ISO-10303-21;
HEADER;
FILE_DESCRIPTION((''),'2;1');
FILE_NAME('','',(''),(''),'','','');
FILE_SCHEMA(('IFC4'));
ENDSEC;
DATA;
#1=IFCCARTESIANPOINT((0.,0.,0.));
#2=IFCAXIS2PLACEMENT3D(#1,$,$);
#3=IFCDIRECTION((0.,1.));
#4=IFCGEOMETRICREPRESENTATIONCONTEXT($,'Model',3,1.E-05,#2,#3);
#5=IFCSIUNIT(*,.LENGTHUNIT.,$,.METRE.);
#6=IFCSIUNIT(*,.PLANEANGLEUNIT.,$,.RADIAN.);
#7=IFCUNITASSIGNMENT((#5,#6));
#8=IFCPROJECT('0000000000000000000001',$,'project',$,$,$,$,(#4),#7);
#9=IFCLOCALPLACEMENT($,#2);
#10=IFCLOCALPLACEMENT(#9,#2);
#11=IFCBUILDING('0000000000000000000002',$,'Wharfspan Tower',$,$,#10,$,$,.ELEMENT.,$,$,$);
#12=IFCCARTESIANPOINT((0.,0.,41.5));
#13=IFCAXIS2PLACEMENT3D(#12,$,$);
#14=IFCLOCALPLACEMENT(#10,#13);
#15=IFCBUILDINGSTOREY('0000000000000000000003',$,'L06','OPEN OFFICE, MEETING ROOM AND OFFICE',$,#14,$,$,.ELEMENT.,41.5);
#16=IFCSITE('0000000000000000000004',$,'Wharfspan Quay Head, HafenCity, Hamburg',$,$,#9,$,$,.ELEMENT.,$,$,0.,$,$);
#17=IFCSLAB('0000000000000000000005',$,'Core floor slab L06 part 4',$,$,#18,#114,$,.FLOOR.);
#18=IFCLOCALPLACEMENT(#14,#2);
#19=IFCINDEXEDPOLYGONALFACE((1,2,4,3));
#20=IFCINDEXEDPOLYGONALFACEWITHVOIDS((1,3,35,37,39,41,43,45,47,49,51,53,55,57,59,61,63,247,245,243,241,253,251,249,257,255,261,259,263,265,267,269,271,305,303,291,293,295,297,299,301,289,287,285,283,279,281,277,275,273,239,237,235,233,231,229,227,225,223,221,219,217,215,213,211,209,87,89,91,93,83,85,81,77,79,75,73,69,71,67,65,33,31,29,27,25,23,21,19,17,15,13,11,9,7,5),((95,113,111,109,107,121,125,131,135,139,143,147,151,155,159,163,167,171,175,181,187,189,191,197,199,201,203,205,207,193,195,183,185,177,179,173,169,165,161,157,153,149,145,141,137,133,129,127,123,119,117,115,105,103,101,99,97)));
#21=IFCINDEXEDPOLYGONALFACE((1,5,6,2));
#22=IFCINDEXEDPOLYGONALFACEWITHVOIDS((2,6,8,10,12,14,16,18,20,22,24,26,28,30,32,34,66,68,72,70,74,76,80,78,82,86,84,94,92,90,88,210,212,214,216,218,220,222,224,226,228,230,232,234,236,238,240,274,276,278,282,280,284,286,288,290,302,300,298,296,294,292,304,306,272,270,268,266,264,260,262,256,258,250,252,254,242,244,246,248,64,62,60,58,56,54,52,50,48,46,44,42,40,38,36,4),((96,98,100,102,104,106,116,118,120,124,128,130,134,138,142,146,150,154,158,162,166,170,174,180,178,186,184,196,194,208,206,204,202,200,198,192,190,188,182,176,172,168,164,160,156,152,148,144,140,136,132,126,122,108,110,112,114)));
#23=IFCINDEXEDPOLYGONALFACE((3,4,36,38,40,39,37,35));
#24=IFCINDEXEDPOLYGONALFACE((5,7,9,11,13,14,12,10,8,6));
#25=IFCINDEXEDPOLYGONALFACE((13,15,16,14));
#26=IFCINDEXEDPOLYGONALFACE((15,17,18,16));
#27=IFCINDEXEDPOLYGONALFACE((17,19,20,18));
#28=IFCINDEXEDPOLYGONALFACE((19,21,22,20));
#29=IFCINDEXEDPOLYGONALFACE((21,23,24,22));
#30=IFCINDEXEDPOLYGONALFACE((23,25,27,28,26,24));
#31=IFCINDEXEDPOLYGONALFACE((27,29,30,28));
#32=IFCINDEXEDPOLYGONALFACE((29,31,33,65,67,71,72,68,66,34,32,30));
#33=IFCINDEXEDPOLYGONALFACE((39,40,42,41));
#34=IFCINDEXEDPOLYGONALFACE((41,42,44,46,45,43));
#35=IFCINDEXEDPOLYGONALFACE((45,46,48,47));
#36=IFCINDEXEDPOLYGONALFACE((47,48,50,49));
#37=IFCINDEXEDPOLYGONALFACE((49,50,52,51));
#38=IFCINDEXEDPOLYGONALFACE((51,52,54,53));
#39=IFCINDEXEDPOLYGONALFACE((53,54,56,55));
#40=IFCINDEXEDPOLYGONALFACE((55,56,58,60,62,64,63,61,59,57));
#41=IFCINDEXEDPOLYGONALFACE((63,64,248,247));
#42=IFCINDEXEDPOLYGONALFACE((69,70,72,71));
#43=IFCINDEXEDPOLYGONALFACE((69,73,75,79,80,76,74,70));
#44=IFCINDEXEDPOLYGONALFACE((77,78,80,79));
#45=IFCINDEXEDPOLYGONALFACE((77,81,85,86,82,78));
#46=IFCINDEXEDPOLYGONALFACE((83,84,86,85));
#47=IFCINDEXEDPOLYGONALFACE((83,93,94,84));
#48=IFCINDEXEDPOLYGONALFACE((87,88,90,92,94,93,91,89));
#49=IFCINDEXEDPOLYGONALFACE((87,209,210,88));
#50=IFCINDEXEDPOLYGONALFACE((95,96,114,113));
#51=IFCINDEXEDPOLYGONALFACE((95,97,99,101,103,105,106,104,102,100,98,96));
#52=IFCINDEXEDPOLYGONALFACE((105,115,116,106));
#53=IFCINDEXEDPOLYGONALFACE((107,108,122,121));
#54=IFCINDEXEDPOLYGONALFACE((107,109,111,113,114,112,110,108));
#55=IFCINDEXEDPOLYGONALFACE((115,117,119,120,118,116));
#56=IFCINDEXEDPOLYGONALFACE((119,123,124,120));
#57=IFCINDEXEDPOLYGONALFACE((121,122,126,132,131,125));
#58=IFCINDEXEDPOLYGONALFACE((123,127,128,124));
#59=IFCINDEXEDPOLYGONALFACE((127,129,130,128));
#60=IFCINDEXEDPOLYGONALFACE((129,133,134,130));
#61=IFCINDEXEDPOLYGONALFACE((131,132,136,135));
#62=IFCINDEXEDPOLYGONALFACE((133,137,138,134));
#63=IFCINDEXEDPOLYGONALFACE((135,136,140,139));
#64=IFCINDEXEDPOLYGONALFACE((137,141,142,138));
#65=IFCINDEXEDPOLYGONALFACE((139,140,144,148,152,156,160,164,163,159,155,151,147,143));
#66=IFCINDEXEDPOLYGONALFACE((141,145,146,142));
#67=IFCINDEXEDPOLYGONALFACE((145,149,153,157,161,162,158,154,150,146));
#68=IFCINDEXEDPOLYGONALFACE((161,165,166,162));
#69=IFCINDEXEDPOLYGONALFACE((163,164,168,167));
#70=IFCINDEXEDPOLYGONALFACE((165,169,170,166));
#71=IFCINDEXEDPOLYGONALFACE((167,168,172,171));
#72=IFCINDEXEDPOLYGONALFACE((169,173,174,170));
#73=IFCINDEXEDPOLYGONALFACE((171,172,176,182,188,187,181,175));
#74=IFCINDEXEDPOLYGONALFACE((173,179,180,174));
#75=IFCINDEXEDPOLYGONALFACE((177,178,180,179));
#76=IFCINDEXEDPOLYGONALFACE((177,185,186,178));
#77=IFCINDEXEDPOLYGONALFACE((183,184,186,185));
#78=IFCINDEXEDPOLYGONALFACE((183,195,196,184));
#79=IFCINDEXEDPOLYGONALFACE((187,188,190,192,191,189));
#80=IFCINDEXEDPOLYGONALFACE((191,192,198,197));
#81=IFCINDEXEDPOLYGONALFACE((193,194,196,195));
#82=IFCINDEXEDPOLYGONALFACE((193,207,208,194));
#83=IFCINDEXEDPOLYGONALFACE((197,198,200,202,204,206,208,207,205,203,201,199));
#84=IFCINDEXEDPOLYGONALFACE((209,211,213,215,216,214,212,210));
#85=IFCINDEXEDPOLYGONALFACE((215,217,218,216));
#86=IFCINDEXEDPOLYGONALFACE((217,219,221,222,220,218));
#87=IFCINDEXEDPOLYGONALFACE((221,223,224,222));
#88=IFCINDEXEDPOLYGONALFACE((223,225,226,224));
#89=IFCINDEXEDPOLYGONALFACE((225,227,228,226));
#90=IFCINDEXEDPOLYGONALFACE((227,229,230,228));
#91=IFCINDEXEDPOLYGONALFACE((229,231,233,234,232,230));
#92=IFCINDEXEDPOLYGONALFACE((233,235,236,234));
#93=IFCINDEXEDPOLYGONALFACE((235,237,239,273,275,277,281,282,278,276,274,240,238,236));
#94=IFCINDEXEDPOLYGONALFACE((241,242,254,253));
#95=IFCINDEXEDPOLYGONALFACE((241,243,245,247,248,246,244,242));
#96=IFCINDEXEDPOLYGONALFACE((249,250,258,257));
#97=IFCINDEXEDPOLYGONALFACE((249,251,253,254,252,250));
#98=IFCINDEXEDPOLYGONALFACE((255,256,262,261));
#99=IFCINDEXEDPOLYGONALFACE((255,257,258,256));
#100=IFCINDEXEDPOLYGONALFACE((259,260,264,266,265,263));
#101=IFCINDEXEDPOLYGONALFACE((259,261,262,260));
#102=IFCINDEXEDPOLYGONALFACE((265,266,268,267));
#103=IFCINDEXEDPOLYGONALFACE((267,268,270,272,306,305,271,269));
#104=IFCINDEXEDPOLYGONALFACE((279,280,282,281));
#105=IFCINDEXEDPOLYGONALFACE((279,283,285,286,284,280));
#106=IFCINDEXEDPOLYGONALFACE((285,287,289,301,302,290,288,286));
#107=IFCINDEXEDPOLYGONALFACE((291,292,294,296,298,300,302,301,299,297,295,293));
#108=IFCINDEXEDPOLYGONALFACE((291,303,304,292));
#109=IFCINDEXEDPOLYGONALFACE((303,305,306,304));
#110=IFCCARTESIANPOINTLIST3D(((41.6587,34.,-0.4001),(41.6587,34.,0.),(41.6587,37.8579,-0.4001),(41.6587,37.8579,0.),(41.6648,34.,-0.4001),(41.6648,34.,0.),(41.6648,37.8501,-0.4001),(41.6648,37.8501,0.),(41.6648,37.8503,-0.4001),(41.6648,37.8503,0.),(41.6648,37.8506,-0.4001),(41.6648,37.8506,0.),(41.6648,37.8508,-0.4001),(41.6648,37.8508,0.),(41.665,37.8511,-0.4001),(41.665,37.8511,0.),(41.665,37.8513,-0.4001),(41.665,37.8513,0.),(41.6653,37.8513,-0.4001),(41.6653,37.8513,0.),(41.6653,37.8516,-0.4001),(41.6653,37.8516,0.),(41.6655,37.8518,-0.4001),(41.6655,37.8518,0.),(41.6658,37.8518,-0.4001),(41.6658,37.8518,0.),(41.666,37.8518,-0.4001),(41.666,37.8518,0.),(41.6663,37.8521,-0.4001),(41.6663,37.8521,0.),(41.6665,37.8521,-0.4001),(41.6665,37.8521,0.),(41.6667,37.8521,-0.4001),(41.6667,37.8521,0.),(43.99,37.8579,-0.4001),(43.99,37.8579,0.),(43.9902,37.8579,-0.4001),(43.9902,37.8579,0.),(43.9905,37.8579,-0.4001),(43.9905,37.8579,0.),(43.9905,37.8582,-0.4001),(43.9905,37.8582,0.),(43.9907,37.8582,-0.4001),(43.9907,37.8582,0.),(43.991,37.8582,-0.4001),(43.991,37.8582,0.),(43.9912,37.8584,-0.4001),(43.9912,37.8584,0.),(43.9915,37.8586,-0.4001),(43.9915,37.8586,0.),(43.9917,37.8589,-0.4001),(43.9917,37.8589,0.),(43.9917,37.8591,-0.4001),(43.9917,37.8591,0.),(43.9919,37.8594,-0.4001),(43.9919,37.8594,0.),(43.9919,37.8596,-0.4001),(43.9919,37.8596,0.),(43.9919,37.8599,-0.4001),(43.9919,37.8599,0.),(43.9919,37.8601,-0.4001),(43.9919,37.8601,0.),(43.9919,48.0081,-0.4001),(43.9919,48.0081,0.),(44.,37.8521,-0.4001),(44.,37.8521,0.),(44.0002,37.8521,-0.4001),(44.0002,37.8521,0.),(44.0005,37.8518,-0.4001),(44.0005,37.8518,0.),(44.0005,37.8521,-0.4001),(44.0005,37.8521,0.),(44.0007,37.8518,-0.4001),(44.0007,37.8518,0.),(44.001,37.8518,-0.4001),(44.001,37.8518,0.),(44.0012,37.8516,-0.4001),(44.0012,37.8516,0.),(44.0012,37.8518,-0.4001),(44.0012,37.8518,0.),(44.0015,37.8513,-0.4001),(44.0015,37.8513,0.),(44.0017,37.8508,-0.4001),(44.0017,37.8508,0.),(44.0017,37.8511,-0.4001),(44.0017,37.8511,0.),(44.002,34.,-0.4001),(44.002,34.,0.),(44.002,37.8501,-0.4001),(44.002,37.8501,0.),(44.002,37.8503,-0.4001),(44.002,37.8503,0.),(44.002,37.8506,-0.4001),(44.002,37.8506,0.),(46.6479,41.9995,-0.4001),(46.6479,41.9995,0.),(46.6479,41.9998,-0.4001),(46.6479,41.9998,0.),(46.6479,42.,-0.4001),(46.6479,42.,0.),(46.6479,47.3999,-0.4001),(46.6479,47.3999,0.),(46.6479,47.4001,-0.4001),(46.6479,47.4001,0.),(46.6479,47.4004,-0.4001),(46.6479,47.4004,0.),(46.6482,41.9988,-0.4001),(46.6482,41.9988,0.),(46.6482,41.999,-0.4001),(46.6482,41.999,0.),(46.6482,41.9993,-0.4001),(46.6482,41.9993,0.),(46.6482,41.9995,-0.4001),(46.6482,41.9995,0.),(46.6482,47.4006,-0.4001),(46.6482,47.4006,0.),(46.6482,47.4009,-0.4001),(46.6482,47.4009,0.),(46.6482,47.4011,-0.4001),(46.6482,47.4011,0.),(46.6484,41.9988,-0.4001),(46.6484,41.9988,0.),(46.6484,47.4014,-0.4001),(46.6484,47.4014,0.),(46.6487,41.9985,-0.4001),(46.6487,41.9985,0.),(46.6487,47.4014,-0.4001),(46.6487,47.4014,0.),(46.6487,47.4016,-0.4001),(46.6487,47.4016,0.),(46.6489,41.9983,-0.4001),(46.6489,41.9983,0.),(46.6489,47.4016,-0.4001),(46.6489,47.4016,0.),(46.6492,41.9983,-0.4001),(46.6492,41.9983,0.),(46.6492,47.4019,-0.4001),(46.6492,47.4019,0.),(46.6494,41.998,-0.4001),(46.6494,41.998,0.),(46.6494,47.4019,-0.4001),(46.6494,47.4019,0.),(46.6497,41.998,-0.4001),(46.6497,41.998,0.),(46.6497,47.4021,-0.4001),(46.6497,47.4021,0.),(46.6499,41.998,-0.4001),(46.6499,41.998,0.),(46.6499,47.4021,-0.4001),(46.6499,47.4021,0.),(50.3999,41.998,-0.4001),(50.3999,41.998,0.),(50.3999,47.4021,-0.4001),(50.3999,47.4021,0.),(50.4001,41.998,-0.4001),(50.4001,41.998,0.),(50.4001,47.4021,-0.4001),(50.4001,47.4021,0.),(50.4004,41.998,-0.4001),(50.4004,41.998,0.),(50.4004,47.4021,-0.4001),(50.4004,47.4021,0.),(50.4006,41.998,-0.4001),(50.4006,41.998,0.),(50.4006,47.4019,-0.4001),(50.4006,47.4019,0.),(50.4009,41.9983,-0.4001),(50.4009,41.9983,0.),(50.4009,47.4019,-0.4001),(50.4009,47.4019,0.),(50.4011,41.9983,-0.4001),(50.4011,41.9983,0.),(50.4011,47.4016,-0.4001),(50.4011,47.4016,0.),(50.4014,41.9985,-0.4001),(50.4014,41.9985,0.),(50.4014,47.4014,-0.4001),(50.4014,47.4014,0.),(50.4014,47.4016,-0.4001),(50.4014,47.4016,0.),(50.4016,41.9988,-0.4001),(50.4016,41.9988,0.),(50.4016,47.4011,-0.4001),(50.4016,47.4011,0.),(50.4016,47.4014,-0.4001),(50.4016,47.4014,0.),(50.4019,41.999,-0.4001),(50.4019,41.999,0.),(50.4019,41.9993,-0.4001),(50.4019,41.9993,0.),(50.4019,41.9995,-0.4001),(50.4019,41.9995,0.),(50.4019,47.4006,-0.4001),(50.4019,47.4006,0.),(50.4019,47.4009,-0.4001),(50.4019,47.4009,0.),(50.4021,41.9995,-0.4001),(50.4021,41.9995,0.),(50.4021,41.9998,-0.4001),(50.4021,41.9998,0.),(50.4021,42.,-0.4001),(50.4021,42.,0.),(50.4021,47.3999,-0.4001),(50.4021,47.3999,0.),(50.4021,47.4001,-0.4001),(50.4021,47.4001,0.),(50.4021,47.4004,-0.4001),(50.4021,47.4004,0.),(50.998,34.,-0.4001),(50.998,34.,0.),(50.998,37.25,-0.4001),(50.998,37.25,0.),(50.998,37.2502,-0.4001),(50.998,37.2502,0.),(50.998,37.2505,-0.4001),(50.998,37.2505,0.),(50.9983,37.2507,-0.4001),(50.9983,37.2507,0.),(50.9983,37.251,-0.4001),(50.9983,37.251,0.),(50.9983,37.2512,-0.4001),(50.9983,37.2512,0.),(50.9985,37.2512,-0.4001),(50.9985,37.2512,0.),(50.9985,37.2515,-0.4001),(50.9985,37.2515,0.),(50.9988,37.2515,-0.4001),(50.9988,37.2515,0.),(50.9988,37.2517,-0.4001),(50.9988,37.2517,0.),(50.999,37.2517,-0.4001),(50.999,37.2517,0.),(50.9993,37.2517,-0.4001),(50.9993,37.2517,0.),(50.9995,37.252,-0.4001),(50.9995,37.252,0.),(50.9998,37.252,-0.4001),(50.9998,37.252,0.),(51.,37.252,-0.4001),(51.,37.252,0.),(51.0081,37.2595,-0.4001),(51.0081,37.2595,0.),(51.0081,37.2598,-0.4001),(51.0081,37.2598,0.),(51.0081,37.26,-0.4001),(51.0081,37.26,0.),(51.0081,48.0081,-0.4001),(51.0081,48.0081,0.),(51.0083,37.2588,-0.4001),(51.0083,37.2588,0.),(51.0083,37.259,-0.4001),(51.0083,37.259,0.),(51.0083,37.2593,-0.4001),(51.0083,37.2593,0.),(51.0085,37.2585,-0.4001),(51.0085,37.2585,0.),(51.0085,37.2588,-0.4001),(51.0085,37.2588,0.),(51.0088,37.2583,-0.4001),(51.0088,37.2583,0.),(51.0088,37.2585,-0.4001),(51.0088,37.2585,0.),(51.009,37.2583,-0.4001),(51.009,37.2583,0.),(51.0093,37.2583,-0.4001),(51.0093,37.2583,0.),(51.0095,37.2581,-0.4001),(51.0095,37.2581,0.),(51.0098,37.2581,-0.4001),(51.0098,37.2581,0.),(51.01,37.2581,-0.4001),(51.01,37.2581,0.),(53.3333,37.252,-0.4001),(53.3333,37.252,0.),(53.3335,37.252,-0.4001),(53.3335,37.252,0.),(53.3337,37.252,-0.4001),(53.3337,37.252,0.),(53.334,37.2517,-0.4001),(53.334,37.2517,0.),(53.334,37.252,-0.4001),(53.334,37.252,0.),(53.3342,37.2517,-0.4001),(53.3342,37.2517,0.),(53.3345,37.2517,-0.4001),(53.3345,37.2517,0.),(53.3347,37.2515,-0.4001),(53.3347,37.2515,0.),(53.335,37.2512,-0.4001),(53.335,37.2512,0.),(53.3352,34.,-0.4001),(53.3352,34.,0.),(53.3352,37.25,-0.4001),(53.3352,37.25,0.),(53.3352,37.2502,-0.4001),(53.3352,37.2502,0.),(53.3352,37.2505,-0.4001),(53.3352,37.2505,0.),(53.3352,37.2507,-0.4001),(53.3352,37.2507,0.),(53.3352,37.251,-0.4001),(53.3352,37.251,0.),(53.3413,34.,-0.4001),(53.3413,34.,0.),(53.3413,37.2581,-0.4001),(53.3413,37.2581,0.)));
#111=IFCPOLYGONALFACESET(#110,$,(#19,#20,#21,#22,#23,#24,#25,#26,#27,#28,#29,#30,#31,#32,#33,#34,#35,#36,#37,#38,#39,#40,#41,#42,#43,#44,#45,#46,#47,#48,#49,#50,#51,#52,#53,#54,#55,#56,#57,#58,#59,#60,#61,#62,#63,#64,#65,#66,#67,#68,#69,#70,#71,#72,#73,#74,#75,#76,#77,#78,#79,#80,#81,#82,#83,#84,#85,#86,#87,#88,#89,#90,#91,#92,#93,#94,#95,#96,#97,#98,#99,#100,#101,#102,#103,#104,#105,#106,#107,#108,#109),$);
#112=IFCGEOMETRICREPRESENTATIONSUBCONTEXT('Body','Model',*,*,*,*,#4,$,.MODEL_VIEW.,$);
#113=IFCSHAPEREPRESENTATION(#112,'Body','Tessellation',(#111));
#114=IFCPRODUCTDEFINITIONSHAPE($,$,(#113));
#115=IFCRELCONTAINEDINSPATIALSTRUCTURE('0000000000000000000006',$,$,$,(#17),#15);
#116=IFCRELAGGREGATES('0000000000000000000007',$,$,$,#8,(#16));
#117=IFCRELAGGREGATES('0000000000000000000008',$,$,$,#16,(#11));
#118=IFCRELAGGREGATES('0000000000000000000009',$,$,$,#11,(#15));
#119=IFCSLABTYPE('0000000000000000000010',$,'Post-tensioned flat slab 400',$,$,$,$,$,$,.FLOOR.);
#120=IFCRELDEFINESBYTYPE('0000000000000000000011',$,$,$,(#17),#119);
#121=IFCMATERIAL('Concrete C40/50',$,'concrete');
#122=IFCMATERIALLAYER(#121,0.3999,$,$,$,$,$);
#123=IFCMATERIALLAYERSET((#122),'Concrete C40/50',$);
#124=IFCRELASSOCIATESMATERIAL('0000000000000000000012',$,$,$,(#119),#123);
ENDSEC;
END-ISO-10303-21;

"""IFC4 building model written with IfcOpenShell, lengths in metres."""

from ifc_helpers import new_model, si_unit, direction, frame, origin, place, context, subcontext, project, spatial, polyline, outline, extrude, material, layer, layer_set, type_object, element, save


model = new_model("IFC4")

# Units and contexts
model_context = context("Model", 3, precision=1e-05, world=origin(), true_north=direction((0.0, 1.0)))
body_context = subcontext(model_context, "Body", "Model", "MODEL_VIEW")
ifc_project = project(units=[si_unit("LENGTHUNIT", "METRE"), si_unit("PLANEANGLEUNIT", "RADIAN")], contexts=[model_context])

# Site, building, storey
site_placement = place(None, origin())
site = spatial("IfcSite", under=ifc_project, at=site_placement, Name="Wharfspan Quay Head, HafenCity, Hamburg", CompositionType="ELEMENT", RefElevation=0.0)
building_placement = place(site_placement, origin())
building = spatial("IfcBuilding", under=site, at=building_placement, Name="Wharfspan Tower", CompositionType="ELEMENT")
storey_placement = place(building_placement, frame((0.0, 0.0, 41.5)))
storey = spatial("IfcBuildingStorey", under=building, at=storey_placement, Name="L06", Description="OPEN OFFICE, MEETING ROOM AND OFFICE", CompositionType="ELEMENT", Elevation=41.5)

# Slab
ifc_material_1 = material(Name="Concrete C40/50", Category="concrete")
ifc_layer_1 = layer(ifc_material_1, 0.3999)
ifc_layer_set_1 = layer_set([ifc_layer_1], Name="Concrete C40/50")
slab_type_1 = type_object("IfcSlabType", Name="Post-tensioned flat slab 400", PredefinedType="FLOOR", material=ifc_layer_set_1)
slab_1_placement = place(storey_placement, frame((0.0, 0.0, -0.4001)))
element("IfcSlab", 1, at=slab_1_placement, inside=storey, type_object=slab_type_1, Name="Core floor slab L06 part 4", PredefinedType="FLOOR", context=body_context, shape_type="SweptSolid", body=[
    extrude(outline(polyline([(53.3413, 34.0), (53.3413, 37.2581), (51.01, 37.2581), (51.0098, 37.2581), (51.0095, 37.2581), (51.0095, 37.2581), (51.0093, 37.2583), (51.009, 37.2583), (51.0088, 37.2583), (51.0088, 37.2585), (51.0085, 37.2585), (51.0085, 37.2588), (51.0083, 37.2588), (51.0083, 37.259), (51.0083, 37.2593), (51.0081, 37.2595), (51.0081, 37.2595), (51.0081, 37.2598), (51.0081, 37.26), (51.0081, 48.0081), (43.9919, 48.0081), (43.9919, 37.8601), (43.9919, 37.8599), (43.9919, 37.8596), (43.9919, 37.8594), (43.9917, 37.8591), (43.9917, 37.8591), (43.9917, 37.8589), (43.9915, 37.8586), (43.9915, 37.8586), (43.9912, 37.8584), (43.9912, 37.8584), (43.991, 37.8582), (43.9907, 37.8582), (43.9905, 37.8582), (43.9905, 37.8579), (43.9902, 37.8579), (43.99, 37.8579), (41.6587, 37.8579), (41.6587, 34.0), (41.6648, 34.0), (41.6648, 37.8501), (41.6648, 37.8501), (41.6648, 37.8503), (41.6648, 37.8506), (41.6648, 37.8508), (41.6648, 37.8508), (41.665, 37.8511), (41.665, 37.8513), (41.6653, 37.8513), (41.6653, 37.8516), (41.6655, 37.8518), (41.6658, 37.8518), (41.666, 37.8518), (41.666, 37.8518), (41.6663, 37.8521), (41.6665, 37.8521), (41.6667, 37.8521), (44.0, 37.8521), (44.0002, 37.8521), (44.0005, 37.8521), (44.0005, 37.8518), (44.0007, 37.8518), (44.001, 37.8518), (44.0012, 37.8518), (44.0012, 37.8516), (44.0015, 37.8513), (44.0015, 37.8513), (44.0017, 37.8511), (44.0017, 37.8508), (44.0017, 37.8508), (44.002, 37.8506), (44.002, 37.8503), (44.002, 37.8501), (44.002, 37.8501), (44.002, 34.0), (50.998, 34.0), (50.998, 37.25), (50.998, 37.2502), (50.998, 37.2505), (50.998, 37.2505), (50.9983, 37.2507), (50.9983, 37.251), (50.9983, 37.2512), (50.9985, 37.2512), (50.9985, 37.2515), (50.9988, 37.2515), (50.9988, 37.2517), (50.999, 37.2517), (50.9993, 37.2517), (50.9995, 37.252), (50.9995, 37.252), (50.9998, 37.252), (51.0, 37.252), (53.3333, 37.252), (53.3335, 37.252), (53.3337, 37.252), (53.334, 37.252), (53.334, 37.2517), (53.3342, 37.2517), (53.3345, 37.2517), (53.3347, 37.2515), (53.3347, 37.2515), (53.335, 37.2512), (53.335, 37.2512), (53.3352, 37.251), (53.3352, 37.2507), (53.3352, 37.2505), (53.3352, 37.2505), (53.3352, 37.2502), (53.3352, 37.25), (53.3352, 34.0), (53.3413, 34.0)]), holes=[polyline([(46.6499, 41.998), (46.6499, 41.998), (46.6497, 41.998), (46.6494, 41.998), (46.6492, 41.9983), (46.6492, 41.9983), (46.6489, 41.9983), (46.6487, 41.9985), (46.6487, 41.9985), (46.6484, 41.9988), (46.6482, 41.9988), (46.6482, 41.999), (46.6482, 41.9993), (46.6482, 41.9995), (46.6479, 41.9995), (46.6479, 41.9998), (46.6479, 42.0), (46.6479, 47.3999), (46.6479, 47.4001), (46.6479, 47.4004), (46.6482, 47.4006), (46.6482, 47.4009), (46.6482, 47.4009), (46.6482, 47.4011), (46.6484, 47.4014), (46.6487, 47.4014), (46.6487, 47.4016), (46.6489, 47.4016), (46.6492, 47.4019), (46.6492, 47.4019), (46.6494, 47.4019), (46.6497, 47.4021), (46.6499, 47.4021), (46.6499, 47.4021), (50.3999, 47.4021), (50.4001, 47.4021), (50.4004, 47.4021), (50.4006, 47.4019), (50.4009, 47.4019), (50.4009, 47.4019), (50.4011, 47.4016), (50.4014, 47.4016), (50.4014, 47.4014), (50.4016, 47.4014), (50.4016, 47.4011), (50.4019, 47.4009), (50.4019, 47.4009), (50.4019, 47.4006), (50.4021, 47.4004), (50.4021, 47.4001), (50.4021, 47.3999), (50.4021, 42.0), (50.4021, 41.9998), (50.4021, 41.9995), (50.4019, 41.9995), (50.4019, 41.9993), (50.4019, 41.999), (50.4016, 41.9988), (50.4016, 41.9988), (50.4014, 41.9985), (50.4014, 41.9985), (50.4011, 41.9983), (50.4009, 41.9983), (50.4009, 41.9983), (50.4006, 41.998), (50.4004, 41.998), (50.4001, 41.998), (50.3999, 41.998), (46.6499, 41.998)])]), origin(), (0.0, 0.0, 1.0), 0.4001),
])

save(model, "model.ifc")
